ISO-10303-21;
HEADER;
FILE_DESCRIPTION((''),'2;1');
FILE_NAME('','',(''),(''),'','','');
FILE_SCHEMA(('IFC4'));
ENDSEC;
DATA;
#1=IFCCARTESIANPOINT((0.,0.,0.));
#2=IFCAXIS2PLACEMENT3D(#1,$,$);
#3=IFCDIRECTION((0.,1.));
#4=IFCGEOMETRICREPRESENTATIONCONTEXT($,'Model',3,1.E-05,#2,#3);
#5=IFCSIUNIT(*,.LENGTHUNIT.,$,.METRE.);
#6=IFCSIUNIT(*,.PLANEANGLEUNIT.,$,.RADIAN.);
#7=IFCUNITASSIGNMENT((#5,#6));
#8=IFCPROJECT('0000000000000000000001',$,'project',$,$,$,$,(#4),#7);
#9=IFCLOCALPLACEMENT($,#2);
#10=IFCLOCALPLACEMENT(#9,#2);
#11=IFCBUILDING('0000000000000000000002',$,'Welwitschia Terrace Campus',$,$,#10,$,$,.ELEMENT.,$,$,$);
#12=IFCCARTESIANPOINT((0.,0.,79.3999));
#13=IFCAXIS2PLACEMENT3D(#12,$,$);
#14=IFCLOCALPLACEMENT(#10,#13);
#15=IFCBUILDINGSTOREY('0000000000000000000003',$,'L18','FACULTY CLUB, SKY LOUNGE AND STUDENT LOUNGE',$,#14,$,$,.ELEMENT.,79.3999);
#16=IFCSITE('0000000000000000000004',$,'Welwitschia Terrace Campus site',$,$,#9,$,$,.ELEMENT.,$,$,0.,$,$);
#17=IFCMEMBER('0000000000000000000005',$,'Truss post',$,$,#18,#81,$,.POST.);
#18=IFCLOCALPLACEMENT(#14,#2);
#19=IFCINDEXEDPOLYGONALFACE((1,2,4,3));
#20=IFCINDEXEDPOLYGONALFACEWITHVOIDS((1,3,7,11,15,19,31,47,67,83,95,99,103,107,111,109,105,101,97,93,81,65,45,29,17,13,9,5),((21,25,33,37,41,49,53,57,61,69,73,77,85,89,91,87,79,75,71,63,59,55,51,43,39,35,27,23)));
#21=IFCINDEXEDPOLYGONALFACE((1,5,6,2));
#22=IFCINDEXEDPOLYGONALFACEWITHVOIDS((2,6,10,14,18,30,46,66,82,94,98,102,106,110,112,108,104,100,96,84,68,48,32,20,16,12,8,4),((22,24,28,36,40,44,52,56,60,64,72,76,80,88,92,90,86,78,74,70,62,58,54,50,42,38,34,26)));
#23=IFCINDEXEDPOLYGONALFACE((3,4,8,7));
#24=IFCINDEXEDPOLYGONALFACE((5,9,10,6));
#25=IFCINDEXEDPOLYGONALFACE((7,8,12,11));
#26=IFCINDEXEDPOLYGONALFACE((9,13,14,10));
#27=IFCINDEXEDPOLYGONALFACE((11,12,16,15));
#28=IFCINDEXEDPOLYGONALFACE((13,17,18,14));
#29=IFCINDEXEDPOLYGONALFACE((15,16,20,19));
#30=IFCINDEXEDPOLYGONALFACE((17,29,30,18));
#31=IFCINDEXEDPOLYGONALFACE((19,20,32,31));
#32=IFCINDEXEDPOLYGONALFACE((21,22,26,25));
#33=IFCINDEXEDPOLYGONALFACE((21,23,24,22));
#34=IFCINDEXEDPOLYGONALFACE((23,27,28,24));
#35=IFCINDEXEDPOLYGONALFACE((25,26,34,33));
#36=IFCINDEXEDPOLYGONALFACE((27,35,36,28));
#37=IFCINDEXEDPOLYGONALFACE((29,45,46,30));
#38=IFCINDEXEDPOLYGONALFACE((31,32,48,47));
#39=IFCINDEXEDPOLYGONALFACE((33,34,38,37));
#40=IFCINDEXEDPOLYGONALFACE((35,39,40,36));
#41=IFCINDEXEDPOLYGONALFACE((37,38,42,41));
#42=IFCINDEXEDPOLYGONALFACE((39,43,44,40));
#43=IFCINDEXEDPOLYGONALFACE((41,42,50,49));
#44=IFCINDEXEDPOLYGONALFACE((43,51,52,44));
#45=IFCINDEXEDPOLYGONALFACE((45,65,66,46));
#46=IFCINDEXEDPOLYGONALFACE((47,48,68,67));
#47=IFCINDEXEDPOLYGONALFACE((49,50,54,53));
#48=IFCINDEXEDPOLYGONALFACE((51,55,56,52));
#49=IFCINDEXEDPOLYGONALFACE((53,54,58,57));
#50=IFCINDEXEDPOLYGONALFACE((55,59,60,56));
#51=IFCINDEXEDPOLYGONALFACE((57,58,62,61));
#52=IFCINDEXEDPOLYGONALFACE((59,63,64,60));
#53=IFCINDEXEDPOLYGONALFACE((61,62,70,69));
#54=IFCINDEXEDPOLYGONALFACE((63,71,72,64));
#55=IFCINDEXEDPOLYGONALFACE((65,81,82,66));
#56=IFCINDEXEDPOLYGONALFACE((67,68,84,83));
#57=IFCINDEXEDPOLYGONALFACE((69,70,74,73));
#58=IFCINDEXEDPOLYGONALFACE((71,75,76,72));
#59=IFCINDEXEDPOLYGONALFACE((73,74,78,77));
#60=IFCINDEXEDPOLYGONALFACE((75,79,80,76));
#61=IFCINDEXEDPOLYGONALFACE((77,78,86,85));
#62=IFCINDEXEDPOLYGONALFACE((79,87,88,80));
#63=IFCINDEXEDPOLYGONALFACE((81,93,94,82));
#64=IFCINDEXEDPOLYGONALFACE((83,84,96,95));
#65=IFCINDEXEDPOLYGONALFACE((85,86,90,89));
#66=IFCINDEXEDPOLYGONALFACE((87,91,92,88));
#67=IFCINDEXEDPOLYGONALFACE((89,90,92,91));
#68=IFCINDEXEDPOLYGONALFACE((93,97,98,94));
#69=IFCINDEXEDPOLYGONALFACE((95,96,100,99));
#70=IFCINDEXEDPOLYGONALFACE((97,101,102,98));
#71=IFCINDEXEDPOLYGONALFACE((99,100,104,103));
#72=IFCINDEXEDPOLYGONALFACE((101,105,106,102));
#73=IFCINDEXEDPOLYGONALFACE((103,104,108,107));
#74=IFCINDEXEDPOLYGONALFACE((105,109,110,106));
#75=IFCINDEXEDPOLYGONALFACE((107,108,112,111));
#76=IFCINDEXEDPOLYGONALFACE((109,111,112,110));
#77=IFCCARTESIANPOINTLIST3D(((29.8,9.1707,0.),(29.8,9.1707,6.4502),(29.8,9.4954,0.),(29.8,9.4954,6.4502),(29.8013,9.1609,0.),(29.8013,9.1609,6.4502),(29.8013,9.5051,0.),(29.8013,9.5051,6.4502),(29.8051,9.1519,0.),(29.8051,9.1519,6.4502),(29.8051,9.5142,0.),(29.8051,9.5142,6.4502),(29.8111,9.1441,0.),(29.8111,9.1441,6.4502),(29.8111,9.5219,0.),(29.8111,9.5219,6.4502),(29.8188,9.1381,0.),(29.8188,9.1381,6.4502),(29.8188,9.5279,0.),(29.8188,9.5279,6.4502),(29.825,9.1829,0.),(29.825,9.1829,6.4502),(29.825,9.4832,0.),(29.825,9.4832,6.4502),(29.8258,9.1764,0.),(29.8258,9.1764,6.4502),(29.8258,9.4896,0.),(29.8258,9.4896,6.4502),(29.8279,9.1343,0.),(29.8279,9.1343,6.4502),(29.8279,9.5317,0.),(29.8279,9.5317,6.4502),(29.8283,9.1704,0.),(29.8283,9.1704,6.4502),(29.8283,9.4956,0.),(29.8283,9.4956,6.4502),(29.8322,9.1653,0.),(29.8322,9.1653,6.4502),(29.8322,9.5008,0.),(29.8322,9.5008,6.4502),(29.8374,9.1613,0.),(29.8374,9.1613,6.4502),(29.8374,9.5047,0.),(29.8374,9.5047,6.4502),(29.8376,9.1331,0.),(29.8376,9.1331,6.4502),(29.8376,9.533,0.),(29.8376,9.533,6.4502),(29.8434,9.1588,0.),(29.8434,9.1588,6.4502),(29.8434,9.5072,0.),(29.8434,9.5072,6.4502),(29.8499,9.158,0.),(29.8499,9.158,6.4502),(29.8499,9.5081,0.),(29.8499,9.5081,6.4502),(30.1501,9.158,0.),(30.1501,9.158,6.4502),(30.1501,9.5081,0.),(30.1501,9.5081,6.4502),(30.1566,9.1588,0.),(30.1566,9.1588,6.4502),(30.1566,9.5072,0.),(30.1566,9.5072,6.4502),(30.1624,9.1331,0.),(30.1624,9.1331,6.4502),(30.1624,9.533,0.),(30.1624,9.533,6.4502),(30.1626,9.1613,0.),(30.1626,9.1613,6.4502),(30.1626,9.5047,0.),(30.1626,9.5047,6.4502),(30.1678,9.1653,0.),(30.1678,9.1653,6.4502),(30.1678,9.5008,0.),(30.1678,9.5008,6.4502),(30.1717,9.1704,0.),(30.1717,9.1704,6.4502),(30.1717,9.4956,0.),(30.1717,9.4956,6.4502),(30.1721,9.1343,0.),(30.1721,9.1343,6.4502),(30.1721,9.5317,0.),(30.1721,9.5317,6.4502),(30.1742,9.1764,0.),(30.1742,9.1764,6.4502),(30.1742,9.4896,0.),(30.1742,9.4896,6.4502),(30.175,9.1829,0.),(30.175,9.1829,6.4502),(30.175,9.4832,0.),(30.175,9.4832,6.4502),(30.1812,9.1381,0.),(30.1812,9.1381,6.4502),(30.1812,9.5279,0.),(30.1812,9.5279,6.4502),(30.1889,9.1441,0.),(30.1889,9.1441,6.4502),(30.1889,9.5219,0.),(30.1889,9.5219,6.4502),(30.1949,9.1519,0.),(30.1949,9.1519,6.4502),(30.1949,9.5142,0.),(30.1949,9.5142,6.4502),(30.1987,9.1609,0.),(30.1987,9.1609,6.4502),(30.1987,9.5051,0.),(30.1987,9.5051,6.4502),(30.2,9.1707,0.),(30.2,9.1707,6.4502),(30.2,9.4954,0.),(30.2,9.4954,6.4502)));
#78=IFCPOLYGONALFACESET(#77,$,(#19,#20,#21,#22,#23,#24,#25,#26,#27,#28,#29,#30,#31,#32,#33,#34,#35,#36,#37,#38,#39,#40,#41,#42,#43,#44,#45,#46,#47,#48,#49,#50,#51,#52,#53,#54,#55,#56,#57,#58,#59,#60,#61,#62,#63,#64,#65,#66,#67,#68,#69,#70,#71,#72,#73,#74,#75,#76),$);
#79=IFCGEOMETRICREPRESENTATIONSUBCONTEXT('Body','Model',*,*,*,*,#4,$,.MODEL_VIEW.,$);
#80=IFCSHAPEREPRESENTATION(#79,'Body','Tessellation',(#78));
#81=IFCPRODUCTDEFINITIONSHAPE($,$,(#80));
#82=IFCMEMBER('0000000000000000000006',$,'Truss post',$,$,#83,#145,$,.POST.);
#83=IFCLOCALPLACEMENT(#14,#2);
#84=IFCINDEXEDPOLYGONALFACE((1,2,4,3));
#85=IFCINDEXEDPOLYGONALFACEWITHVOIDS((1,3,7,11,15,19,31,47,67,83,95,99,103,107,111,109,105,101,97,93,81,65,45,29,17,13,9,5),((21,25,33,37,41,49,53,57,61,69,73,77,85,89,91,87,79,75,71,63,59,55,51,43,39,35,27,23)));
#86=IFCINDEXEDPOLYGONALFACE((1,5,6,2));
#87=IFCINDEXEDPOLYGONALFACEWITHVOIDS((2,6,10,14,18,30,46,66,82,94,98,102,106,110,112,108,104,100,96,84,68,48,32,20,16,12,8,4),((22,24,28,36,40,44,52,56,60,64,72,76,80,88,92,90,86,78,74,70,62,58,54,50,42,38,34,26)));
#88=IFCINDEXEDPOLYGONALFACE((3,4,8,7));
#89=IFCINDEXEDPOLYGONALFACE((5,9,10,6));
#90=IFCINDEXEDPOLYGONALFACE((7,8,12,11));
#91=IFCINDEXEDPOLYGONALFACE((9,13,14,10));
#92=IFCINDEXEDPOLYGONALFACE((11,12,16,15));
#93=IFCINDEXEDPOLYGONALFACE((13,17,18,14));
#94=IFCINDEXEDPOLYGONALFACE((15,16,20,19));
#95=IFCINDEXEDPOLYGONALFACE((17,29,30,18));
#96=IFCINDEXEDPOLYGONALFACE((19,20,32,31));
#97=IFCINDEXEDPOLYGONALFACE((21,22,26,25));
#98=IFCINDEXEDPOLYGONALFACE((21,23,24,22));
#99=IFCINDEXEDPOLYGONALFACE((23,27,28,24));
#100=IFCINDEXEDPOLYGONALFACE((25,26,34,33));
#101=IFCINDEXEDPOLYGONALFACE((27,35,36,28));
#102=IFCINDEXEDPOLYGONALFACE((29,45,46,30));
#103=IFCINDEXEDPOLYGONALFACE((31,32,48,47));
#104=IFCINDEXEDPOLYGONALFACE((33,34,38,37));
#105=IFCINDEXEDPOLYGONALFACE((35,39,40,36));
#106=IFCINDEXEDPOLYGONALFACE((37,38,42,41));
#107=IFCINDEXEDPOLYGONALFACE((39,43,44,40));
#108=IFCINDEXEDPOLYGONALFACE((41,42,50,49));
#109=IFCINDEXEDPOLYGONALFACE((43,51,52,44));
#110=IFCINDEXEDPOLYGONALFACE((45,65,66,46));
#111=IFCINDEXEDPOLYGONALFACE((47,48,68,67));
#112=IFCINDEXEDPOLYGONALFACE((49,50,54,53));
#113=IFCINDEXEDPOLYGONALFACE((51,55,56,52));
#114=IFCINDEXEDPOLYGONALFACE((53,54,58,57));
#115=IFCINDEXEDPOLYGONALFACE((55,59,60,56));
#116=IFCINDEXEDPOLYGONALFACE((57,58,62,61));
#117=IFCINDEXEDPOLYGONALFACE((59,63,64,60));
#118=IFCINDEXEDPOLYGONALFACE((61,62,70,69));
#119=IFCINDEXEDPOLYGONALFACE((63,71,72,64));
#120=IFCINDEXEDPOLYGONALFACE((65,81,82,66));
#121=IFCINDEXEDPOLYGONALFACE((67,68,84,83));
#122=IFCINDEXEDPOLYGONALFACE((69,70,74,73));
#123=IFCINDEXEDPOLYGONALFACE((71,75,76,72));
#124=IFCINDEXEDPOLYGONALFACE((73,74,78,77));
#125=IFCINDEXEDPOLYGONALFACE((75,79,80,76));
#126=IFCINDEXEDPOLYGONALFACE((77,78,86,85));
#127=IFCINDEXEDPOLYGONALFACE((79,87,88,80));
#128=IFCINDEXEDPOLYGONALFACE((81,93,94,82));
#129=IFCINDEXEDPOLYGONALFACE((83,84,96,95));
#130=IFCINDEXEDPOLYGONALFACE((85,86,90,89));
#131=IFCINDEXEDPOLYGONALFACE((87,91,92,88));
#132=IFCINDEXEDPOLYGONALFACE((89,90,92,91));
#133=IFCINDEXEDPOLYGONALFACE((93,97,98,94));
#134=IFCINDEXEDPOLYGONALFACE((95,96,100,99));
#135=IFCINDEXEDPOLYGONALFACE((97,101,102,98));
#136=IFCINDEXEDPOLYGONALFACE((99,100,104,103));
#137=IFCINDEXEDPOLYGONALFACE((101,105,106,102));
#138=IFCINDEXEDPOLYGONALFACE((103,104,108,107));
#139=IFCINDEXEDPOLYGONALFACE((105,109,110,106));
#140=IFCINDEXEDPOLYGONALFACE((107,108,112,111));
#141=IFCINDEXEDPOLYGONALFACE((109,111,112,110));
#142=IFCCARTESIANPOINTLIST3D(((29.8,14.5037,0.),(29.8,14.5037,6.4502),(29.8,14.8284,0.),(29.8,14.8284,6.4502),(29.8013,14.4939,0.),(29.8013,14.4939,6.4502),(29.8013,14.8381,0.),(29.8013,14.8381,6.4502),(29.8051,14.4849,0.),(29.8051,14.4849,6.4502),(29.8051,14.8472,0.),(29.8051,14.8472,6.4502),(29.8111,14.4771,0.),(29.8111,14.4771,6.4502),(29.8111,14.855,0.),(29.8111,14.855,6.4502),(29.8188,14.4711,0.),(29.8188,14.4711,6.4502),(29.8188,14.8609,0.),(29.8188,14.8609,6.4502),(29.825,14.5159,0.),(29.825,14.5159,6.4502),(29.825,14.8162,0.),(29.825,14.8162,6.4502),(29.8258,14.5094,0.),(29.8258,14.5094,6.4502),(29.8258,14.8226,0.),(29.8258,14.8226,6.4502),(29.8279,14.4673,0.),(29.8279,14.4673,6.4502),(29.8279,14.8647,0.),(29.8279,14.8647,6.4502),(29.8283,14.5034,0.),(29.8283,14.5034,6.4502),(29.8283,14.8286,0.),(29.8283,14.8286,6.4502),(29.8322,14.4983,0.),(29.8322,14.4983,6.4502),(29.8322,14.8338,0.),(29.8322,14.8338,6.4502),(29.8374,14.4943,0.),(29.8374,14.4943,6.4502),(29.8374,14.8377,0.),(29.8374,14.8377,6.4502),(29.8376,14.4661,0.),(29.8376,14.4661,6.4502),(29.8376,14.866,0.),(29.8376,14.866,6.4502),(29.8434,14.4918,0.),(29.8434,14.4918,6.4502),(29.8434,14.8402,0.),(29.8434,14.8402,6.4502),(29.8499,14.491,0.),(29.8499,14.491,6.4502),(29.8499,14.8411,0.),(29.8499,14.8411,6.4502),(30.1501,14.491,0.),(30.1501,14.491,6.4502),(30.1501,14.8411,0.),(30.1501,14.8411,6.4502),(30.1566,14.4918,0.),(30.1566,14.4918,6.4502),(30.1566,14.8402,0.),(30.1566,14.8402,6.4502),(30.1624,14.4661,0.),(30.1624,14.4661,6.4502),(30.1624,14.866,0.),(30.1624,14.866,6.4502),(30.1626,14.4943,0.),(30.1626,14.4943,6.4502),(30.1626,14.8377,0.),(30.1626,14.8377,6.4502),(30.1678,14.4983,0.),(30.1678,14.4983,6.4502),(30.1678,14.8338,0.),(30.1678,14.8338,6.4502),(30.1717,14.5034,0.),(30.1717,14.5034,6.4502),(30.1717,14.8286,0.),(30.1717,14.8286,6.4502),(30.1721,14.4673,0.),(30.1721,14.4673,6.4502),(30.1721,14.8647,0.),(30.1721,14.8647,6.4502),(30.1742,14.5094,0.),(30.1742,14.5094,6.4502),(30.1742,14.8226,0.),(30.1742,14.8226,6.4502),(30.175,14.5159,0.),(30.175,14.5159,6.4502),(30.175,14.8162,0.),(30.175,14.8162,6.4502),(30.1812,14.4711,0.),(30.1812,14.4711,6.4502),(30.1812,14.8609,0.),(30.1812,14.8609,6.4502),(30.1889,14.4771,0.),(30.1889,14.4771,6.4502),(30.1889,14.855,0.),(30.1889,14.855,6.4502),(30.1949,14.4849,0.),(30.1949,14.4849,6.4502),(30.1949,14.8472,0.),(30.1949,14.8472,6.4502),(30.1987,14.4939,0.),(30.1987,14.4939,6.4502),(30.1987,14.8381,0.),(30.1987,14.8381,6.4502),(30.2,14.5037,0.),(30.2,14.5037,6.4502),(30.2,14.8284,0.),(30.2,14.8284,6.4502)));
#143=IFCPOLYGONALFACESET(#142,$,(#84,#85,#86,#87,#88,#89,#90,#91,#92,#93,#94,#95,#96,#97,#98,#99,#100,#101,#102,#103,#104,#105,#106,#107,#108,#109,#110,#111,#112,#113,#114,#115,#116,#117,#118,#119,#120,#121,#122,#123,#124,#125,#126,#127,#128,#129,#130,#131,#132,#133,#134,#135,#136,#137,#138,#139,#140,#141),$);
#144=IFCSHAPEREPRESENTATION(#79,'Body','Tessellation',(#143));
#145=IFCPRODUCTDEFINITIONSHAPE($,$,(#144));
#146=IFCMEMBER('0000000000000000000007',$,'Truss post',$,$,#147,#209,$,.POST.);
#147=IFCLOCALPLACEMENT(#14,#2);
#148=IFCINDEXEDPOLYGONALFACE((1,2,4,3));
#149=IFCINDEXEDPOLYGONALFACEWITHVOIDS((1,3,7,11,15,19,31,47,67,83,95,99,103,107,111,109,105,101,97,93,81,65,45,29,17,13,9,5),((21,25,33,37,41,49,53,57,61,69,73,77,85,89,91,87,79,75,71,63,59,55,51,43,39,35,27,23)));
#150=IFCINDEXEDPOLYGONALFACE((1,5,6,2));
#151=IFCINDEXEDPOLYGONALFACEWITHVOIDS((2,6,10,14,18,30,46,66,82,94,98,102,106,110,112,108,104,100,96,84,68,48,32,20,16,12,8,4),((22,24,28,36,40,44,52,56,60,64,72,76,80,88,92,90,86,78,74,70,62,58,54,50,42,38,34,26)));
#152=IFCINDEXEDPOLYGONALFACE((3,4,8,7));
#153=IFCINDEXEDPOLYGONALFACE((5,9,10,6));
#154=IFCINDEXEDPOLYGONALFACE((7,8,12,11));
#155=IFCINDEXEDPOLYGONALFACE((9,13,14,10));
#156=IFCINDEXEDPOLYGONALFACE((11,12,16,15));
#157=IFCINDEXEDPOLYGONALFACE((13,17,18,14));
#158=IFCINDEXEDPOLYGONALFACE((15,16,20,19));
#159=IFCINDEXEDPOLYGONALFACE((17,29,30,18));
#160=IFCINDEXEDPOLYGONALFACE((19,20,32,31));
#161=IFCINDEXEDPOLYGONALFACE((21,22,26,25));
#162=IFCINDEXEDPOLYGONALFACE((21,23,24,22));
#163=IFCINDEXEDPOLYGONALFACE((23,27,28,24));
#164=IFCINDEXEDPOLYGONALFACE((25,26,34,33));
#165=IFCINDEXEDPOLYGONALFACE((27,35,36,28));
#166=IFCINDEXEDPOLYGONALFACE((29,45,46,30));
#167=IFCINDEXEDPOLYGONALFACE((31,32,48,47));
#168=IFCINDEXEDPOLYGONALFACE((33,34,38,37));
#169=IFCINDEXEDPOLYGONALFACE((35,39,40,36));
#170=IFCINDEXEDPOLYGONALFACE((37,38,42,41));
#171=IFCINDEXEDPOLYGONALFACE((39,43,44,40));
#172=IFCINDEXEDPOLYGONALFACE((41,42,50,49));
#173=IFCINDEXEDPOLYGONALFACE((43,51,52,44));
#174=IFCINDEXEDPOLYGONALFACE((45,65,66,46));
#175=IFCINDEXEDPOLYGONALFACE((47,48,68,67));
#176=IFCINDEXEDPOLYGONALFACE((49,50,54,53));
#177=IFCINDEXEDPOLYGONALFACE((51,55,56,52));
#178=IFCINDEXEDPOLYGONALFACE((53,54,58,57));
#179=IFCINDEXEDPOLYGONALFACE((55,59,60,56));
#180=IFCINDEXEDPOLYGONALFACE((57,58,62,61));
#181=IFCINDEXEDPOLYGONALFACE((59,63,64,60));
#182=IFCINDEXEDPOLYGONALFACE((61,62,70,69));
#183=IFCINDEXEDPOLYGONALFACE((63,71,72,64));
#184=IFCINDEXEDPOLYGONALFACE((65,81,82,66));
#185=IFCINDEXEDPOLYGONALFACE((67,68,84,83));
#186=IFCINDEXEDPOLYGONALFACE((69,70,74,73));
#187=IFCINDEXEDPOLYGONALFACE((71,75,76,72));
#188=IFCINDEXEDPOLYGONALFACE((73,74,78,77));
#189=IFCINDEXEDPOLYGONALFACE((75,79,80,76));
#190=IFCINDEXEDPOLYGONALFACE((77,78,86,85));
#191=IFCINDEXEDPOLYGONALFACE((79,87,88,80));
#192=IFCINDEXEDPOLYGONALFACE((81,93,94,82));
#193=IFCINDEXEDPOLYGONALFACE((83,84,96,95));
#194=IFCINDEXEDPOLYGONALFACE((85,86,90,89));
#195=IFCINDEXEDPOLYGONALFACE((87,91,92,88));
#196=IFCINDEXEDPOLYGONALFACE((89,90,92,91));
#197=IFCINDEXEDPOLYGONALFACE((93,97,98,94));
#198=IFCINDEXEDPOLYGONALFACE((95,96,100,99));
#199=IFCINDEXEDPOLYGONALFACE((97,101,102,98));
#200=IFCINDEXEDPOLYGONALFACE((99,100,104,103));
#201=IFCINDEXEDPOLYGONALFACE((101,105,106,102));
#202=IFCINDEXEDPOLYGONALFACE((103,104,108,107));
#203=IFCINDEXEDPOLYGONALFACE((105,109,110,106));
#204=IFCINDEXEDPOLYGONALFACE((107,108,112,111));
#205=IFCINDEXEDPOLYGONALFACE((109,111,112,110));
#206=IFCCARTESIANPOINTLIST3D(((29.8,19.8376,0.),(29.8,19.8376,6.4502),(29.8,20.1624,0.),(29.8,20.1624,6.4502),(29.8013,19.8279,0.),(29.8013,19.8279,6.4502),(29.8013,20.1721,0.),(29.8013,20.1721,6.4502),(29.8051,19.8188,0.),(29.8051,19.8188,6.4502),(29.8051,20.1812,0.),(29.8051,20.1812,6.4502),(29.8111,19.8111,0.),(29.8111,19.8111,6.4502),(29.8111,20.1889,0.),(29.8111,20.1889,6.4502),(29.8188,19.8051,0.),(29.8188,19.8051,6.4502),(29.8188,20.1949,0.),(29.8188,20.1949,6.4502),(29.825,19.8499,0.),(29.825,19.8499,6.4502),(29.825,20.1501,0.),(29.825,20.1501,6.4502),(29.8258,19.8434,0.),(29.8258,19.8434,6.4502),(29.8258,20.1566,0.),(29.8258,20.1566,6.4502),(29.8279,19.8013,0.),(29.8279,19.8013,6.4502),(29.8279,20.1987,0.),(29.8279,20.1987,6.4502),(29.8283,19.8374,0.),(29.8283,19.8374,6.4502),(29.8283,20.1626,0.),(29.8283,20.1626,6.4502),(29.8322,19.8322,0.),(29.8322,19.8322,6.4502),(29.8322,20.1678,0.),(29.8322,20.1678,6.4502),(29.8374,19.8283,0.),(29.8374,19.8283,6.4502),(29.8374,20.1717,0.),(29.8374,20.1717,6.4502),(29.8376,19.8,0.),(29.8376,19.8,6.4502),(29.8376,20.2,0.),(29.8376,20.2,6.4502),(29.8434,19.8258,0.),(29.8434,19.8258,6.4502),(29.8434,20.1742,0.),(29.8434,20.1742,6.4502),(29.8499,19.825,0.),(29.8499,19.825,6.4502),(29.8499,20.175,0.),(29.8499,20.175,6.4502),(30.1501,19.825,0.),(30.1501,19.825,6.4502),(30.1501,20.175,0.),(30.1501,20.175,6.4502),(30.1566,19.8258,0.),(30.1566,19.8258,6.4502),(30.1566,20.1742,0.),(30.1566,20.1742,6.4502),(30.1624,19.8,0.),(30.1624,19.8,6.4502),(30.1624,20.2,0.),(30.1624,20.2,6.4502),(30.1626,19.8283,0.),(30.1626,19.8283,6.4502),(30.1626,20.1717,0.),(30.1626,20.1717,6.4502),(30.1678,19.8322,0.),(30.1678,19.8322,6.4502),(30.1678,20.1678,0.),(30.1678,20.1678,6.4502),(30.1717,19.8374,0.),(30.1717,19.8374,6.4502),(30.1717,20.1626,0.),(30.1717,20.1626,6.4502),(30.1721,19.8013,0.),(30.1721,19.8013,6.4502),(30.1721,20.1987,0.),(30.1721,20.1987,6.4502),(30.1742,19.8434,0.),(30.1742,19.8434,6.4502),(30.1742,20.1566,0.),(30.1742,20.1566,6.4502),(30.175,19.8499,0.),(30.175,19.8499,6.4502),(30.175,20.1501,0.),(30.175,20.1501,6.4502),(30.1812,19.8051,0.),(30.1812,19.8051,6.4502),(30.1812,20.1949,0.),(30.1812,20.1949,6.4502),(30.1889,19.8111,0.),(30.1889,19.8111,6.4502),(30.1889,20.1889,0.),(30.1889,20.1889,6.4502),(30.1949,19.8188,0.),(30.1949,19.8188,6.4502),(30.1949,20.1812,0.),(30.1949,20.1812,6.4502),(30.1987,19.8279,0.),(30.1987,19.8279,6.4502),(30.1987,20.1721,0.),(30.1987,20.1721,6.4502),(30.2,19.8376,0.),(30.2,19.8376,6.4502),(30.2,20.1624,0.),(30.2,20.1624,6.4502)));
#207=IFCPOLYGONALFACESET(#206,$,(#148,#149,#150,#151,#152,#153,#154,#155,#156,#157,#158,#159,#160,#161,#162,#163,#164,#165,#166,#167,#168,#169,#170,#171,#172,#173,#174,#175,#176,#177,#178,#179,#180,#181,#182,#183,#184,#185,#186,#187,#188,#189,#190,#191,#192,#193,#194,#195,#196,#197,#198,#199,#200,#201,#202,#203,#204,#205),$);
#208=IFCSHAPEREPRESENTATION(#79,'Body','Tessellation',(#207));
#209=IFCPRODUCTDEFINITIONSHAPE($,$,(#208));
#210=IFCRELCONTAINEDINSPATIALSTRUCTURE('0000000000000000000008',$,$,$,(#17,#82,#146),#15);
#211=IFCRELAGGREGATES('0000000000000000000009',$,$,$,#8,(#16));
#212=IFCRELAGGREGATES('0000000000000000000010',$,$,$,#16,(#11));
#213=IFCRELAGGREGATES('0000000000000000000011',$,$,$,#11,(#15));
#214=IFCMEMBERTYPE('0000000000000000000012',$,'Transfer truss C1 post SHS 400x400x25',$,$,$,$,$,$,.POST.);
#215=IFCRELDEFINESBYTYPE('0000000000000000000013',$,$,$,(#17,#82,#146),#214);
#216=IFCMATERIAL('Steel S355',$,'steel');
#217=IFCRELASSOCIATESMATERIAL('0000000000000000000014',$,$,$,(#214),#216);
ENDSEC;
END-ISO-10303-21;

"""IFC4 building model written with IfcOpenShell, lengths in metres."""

from ifc_helpers import new_model, si_unit, direction, frame, origin, origin_2d, place, context, subcontext, project, spatial, hollow_rectangle, extrude, material, material_profile, profile_set, type_object, element, save


model = new_model("IFC4")

# Units and contexts
model_context = context("Model", 3, precision=1e-05, world=origin(), true_north=direction((0.0, 1.0)))
body_context = subcontext(model_context, "Body", "Model", "MODEL_VIEW")
ifc_project = project(units=[si_unit("LENGTHUNIT", "METRE"), si_unit("PLANEANGLEUNIT", "RADIAN")], contexts=[model_context])

# Site, building, storey
site_placement = place(None, origin())
site = spatial("IfcSite", under=ifc_project, at=site_placement, Name="Welwitschia Terrace Campus site", CompositionType="ELEMENT", RefElevation=0.0)
building_placement = place(site_placement, origin())
building = spatial("IfcBuilding", under=site, at=building_placement, Name="Welwitschia Terrace Campus", CompositionType="ELEMENT")
storey_placement = place(building_placement, frame((0.0, 0.0, 79.3999)))
storey = spatial("IfcBuildingStorey", under=building, at=storey_placement, Name="L18", Description="FACULTY CLUB, SKY LOUNGE AND STUDENT LOUNGE", CompositionType="ELEMENT", Elevation=79.3999)

# Members
ifc_material_1 = material(Name="Steel S355", Category="steel")
ifc_material_profile_1 = material_profile(ifc_material_1, hollow_rectangle(XDim=0.3999, YDim=0.3999, WallThickness=0.0249, InnerFilletRadius=0.0249, OuterFilletRadius=0.0376, at=origin_2d()))
ifc_profile_set_1 = profile_set([ifc_material_profile_1], Name="Steel S355")
member_type_1 = type_object("IfcMemberType", Name="Transfer truss C1 post SHS 400x400x25", PredefinedType="POST", material=ifc_profile_set_1)
for number, where, z_axis, x_axis, name in (
    (1, (30.0, 9.333, 0.0), (0.0, 0.0, 1.0), (1.0, 0.0, 0.0), "Truss post"),
    (2, (30.0, 14.666, 0.0), (0.0, 0.0, 1.0), (1.0, 0.0, 0.0), "Truss post"),
    (3, (30.0, 20.0, 0.0), (0.0, 0.0, 1.0), (1.0, 0.0, 0.0), "Truss post"),
):
    element("IfcMember", number, at=place(storey_placement, frame(where, z_axis=z_axis, x_axis=x_axis)), inside=storey, type_object=member_type_1, Name=name, PredefinedType="POST", context=body_context, shape_type="SweptSolid", body=[
        extrude(hollow_rectangle(XDim=0.3999, YDim=0.3999, WallThickness=0.0249, InnerFilletRadius=0.0249, OuterFilletRadius=0.0376, at=origin_2d()), origin(), (0.0, 0.0, 1.0), 6.4502),
    ])

save(model, "model.ifc")
